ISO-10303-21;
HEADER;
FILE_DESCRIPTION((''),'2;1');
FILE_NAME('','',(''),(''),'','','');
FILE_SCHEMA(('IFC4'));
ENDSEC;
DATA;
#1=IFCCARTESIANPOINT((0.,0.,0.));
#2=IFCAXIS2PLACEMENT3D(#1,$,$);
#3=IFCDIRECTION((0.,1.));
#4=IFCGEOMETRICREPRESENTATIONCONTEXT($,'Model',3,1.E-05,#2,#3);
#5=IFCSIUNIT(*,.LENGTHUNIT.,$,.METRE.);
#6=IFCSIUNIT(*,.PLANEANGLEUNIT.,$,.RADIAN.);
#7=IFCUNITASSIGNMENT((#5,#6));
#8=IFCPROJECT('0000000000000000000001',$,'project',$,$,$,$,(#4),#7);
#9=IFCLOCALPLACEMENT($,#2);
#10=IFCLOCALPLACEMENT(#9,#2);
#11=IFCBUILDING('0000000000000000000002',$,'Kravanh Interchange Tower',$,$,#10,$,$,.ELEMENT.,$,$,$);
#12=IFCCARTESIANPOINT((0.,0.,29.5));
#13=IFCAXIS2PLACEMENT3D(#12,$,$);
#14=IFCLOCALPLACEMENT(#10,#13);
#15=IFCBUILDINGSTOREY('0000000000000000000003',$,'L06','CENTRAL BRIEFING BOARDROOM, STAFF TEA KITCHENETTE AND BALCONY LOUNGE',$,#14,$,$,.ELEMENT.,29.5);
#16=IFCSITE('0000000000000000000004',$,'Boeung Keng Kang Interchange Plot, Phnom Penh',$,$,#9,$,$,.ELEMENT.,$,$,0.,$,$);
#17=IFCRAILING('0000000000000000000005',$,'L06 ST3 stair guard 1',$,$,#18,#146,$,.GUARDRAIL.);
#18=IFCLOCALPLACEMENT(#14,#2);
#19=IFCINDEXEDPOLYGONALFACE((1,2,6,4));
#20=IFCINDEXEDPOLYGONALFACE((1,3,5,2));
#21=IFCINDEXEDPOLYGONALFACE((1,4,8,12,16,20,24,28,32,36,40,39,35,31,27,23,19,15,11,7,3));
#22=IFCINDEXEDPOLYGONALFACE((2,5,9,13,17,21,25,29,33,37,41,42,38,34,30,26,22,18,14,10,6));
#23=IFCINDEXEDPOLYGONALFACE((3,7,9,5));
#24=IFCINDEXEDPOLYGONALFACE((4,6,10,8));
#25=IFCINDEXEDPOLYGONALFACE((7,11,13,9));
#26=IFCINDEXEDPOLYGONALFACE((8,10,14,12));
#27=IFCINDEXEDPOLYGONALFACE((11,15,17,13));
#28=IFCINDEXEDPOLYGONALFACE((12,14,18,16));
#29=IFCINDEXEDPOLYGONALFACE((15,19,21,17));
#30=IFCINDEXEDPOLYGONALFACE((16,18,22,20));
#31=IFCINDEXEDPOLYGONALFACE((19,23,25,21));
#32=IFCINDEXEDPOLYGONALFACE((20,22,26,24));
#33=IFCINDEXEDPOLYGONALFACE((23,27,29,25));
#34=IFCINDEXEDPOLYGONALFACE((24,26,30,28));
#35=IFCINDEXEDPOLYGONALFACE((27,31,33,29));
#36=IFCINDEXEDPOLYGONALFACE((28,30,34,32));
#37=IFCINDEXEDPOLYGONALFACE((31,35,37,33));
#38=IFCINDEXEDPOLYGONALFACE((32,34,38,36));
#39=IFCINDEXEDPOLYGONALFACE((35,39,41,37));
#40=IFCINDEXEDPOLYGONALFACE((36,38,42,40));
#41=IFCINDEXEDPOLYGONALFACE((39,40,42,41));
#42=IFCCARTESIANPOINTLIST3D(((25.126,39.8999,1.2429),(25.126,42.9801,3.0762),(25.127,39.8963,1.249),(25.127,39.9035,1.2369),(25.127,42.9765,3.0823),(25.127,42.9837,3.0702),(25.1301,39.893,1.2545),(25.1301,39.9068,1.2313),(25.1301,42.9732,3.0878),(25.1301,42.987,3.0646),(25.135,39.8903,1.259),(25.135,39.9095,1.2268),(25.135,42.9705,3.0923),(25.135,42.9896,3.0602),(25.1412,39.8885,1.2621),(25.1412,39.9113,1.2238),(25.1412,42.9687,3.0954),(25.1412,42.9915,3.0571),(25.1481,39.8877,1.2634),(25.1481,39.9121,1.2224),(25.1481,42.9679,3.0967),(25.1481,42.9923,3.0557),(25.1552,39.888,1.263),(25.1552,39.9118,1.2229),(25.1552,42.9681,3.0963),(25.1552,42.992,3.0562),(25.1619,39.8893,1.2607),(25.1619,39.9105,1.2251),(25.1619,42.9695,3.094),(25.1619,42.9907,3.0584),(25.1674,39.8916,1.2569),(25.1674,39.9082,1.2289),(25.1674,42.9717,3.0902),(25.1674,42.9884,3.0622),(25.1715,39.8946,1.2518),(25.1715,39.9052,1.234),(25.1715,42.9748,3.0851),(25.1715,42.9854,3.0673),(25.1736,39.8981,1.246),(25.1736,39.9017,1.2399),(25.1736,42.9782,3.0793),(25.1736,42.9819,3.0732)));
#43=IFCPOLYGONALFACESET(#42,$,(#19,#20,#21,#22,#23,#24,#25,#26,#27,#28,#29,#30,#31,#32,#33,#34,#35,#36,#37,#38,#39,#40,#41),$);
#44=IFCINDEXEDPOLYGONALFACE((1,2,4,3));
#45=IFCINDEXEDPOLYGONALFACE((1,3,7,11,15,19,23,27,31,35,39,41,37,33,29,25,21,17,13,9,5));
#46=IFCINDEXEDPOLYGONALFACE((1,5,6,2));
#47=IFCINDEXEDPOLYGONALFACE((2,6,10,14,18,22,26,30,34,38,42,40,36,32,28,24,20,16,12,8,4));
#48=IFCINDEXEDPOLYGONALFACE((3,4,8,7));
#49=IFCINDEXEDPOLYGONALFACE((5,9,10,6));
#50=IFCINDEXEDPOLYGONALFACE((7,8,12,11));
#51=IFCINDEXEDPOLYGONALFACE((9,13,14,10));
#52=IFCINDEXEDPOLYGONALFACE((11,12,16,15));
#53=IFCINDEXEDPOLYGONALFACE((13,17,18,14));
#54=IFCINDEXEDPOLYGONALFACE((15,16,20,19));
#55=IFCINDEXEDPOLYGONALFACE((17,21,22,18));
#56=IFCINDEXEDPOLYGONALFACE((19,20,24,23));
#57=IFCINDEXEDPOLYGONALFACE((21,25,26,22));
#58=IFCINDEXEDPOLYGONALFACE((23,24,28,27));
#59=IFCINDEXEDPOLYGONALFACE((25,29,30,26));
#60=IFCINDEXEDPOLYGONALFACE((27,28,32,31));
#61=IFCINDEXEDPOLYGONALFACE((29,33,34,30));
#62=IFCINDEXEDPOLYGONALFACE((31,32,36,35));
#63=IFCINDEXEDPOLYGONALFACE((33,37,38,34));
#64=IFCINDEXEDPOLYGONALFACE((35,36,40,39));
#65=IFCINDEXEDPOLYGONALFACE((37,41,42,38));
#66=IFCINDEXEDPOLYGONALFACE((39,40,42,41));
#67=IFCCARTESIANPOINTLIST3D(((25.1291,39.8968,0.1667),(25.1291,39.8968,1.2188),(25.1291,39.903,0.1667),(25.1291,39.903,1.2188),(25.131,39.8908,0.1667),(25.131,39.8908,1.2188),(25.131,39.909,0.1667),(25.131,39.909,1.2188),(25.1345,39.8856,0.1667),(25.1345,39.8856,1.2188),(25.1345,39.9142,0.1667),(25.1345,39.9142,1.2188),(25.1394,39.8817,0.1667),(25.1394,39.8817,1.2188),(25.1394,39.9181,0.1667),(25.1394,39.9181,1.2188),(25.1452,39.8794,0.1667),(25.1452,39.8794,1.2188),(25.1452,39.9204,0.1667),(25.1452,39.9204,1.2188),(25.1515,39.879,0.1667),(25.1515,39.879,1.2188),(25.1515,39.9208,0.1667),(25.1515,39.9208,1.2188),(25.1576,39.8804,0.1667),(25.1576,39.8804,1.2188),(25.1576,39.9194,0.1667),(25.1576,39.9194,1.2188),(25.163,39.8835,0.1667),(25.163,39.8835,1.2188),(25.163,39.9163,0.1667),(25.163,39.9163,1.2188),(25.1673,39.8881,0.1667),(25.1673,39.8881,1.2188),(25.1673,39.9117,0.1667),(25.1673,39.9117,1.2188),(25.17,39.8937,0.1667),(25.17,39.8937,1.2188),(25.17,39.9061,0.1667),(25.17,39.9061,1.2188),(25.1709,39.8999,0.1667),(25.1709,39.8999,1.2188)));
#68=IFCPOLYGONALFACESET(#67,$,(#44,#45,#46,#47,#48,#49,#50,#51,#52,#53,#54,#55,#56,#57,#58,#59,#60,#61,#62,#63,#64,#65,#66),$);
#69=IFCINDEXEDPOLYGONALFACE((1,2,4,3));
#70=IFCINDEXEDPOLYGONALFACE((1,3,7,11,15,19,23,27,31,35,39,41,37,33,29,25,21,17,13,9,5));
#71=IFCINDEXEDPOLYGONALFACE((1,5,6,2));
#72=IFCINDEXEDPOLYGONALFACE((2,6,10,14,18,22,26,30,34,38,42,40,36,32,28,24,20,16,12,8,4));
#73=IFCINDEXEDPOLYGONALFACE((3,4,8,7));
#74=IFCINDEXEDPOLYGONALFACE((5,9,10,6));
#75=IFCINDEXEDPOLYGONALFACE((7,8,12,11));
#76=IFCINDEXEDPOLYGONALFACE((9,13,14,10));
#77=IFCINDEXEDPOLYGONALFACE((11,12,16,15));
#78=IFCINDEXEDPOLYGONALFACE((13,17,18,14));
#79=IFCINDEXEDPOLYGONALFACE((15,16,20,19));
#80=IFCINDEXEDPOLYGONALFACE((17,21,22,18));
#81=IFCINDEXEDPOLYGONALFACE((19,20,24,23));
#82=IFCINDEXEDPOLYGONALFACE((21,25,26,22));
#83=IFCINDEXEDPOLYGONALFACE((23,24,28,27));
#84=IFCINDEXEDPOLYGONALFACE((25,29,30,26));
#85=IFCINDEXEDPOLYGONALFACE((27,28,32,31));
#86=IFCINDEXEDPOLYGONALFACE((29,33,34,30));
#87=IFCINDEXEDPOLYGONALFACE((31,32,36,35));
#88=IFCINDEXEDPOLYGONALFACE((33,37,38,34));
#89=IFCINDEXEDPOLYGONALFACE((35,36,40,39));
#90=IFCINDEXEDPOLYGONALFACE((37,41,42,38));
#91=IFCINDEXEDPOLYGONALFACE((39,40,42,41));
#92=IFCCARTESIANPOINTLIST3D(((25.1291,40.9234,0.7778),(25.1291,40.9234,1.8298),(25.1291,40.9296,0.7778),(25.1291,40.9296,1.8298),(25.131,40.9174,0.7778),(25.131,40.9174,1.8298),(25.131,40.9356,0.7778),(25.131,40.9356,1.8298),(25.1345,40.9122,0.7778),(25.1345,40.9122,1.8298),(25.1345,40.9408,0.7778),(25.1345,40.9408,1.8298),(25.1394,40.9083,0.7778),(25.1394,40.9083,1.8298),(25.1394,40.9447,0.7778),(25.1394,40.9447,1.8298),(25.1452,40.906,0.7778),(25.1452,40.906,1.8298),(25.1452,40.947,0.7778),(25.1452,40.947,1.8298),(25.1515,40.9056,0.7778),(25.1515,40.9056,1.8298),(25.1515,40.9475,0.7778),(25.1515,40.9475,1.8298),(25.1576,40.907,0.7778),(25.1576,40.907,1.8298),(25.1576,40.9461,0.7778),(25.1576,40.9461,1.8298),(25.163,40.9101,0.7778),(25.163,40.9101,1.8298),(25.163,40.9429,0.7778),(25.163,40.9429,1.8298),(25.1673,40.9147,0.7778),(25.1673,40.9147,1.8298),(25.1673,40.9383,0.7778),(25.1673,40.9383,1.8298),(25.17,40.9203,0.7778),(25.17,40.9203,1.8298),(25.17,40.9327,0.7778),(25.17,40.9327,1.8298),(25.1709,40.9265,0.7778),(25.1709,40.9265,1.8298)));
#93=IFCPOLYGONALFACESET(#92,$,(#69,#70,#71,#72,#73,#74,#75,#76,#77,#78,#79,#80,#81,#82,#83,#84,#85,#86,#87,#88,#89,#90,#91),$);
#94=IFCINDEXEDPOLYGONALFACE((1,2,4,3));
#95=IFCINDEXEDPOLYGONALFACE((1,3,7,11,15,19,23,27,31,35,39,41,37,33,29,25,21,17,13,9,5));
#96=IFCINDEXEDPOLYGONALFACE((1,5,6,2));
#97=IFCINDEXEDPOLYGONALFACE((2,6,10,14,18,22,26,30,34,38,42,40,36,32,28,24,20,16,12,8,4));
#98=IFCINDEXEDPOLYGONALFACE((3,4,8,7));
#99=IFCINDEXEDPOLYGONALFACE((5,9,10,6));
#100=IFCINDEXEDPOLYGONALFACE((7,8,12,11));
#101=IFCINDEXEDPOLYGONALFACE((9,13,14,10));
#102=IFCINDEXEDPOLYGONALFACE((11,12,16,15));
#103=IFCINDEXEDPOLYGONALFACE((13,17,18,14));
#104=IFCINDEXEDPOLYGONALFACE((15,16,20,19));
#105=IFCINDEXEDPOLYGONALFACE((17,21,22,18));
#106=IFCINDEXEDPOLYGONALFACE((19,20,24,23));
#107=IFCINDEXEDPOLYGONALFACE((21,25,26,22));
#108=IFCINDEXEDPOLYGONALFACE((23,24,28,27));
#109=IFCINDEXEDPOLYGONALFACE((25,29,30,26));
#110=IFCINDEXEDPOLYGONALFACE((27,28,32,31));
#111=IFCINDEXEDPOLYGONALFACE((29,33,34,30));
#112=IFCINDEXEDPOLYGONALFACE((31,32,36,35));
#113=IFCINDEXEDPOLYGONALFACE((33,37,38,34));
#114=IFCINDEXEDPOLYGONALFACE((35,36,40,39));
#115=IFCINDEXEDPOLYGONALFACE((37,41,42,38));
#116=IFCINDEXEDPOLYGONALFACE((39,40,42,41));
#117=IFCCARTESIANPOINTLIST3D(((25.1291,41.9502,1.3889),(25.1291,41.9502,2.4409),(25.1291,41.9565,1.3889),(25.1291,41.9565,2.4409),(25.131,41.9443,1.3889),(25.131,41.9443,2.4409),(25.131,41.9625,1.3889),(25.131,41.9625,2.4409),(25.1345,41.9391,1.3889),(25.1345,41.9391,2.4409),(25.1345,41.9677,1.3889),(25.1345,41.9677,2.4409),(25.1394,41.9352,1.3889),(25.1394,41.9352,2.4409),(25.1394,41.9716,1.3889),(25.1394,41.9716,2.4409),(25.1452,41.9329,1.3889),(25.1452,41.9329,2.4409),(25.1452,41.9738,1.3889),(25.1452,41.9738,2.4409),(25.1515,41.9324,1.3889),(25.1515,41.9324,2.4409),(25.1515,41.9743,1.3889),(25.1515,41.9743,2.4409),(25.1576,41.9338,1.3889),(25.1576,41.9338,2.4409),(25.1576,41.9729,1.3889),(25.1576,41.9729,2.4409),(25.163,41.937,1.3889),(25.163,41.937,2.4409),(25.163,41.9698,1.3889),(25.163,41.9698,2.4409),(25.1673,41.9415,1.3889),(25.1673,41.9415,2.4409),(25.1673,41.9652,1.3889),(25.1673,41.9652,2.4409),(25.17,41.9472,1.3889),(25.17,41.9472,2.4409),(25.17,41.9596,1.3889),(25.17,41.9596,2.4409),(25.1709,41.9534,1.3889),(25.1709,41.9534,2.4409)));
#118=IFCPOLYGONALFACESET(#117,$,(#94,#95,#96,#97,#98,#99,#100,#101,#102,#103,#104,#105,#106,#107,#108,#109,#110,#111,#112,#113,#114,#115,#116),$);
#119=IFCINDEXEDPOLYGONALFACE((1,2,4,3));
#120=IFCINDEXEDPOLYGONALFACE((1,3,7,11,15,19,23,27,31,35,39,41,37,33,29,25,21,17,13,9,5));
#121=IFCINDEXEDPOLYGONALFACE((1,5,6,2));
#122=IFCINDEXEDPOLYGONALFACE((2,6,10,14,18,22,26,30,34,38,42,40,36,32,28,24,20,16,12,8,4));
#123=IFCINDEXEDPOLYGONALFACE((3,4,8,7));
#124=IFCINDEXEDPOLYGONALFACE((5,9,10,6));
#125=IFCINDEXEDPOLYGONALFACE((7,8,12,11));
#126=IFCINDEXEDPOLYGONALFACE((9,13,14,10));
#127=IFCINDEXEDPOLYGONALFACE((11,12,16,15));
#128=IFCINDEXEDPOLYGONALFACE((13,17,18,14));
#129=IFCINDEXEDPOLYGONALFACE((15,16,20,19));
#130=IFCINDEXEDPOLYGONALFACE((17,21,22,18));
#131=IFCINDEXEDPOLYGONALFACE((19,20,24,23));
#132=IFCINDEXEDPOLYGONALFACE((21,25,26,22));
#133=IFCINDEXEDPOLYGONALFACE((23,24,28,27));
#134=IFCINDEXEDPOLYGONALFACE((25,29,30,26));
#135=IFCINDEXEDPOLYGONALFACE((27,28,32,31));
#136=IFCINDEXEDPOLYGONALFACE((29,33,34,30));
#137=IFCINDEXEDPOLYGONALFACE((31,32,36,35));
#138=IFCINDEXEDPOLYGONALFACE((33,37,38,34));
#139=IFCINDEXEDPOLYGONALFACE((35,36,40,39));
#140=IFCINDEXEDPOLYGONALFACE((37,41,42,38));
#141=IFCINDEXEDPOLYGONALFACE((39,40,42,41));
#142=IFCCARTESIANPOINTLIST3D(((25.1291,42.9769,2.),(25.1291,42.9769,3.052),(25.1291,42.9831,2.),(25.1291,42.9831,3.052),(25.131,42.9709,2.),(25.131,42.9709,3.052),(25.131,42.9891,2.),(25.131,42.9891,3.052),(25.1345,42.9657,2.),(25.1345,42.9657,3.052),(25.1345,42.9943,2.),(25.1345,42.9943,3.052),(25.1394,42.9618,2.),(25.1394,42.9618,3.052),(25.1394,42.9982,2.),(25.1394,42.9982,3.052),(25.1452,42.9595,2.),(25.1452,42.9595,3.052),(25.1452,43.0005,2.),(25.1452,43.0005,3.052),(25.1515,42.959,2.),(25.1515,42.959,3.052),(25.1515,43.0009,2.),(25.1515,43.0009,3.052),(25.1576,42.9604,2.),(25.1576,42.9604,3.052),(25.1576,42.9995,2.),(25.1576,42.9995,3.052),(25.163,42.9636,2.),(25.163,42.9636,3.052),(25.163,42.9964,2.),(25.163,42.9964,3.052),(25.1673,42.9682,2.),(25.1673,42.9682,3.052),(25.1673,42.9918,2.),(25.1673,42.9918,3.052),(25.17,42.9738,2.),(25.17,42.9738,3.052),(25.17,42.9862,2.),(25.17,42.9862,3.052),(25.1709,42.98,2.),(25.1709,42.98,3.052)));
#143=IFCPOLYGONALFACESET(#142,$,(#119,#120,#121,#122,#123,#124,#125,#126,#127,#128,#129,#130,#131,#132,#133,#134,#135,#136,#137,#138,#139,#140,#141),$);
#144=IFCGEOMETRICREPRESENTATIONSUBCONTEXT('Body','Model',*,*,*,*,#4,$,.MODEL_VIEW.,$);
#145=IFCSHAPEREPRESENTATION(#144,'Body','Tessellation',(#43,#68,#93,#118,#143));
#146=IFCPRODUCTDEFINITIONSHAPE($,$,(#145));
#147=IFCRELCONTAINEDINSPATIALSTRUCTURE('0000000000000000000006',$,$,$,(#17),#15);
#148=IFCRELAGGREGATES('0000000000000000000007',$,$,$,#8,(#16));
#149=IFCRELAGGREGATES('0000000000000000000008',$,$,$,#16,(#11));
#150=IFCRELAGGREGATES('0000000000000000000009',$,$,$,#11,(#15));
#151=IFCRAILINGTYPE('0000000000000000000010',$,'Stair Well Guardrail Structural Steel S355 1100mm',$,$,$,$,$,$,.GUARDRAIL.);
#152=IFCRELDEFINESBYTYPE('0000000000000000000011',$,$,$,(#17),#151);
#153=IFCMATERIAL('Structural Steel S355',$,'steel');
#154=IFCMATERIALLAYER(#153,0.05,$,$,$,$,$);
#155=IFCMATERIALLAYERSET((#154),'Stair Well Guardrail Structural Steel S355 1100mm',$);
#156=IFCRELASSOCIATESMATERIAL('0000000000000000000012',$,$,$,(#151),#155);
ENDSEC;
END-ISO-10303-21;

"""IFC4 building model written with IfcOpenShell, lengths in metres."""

from ifc_helpers import new_model, si_unit, direction, frame, origin, origin_2d, place, context, subcontext, project, spatial, circle, extrude, material, layer, layer_set, type_object, element, save


model = new_model("IFC4")

# Units and contexts
model_context = context("Model", 3, precision=1e-05, world=origin(), true_north=direction((0.0, 1.0)))
body_context = subcontext(model_context, "Body", "Model", "MODEL_VIEW")
ifc_project = project(units=[si_unit("LENGTHUNIT", "METRE"), si_unit("PLANEANGLEUNIT", "RADIAN")], contexts=[model_context])

# Site, building, storey
site_placement = place(None, origin())
site = spatial("IfcSite", under=ifc_project, at=site_placement, Name="Boeung Keng Kang Interchange Plot, Phnom Penh", CompositionType="ELEMENT", RefElevation=0.0)
building_placement = place(site_placement, origin())
building = spatial("IfcBuilding", under=site, at=building_placement, Name="Kravanh Interchange Tower", CompositionType="ELEMENT")
storey_placement = place(building_placement, frame((0.0, 0.0, 29.5)))
storey = spatial("IfcBuildingStorey", under=building, at=storey_placement, Name="L06", Description="CENTRAL BRIEFING BOARDROOM, STAFF TEA KITCHENETTE AND BALCONY LOUNGE", CompositionType="ELEMENT", Elevation=29.5)

# Railing
ifc_material_1 = material(Name="Structural Steel S355", Category="steel")
ifc_layer_1 = layer(ifc_material_1, 0.05)
ifc_layer_set_1 = layer_set([ifc_layer_1], Name="Stair Well Guardrail Structural Steel S355 1100mm")
railing_type_1 = type_object("IfcRailingType", Name="Stair Well Guardrail Structural Steel S355 1100mm", PredefinedType="GUARDRAIL", material=ifc_layer_set_1)
railing_1_placement = place(storey_placement, frame((25.1499, 39.8999, 0.1667)))
element("IfcRailing", 1, at=railing_1_placement, inside=storey, type_object=railing_type_1, Name="L06 ST3 stair guard 1", PredefinedType="GUARDRAIL", context=body_context, shape_type="SweptSolid", body=[
    extrude(circle(Radius=0.0239, at=origin_2d()), frame((0.0, 0.0, 1.0762), z_axis=(0.0, 0.859309, 0.511458), x_axis=(-1.0, 0.0, 0.0)), (0.0, 0.0, 1.0), 3.5845),
    extrude(circle(Radius=0.021, at=origin_2d()), origin(), (0.0, 0.0, 1.0), 1.052),
    extrude(circle(Radius=0.021, at=origin_2d()), frame((0.0, 1.0266, 0.6111)), (0.0, 0.0, 1.0), 1.052),
    extrude(circle(Radius=0.021, at=origin_2d()), frame((0.0, 2.0535, 1.2222)), (0.0, 0.0, 1.0), 1.052),
    extrude(circle(Radius=0.021, at=origin_2d()), frame((0.0, 3.0801, 1.8333)), (0.0, 0.0, 1.0), 1.052),
])

save(model, "model.ifc")
